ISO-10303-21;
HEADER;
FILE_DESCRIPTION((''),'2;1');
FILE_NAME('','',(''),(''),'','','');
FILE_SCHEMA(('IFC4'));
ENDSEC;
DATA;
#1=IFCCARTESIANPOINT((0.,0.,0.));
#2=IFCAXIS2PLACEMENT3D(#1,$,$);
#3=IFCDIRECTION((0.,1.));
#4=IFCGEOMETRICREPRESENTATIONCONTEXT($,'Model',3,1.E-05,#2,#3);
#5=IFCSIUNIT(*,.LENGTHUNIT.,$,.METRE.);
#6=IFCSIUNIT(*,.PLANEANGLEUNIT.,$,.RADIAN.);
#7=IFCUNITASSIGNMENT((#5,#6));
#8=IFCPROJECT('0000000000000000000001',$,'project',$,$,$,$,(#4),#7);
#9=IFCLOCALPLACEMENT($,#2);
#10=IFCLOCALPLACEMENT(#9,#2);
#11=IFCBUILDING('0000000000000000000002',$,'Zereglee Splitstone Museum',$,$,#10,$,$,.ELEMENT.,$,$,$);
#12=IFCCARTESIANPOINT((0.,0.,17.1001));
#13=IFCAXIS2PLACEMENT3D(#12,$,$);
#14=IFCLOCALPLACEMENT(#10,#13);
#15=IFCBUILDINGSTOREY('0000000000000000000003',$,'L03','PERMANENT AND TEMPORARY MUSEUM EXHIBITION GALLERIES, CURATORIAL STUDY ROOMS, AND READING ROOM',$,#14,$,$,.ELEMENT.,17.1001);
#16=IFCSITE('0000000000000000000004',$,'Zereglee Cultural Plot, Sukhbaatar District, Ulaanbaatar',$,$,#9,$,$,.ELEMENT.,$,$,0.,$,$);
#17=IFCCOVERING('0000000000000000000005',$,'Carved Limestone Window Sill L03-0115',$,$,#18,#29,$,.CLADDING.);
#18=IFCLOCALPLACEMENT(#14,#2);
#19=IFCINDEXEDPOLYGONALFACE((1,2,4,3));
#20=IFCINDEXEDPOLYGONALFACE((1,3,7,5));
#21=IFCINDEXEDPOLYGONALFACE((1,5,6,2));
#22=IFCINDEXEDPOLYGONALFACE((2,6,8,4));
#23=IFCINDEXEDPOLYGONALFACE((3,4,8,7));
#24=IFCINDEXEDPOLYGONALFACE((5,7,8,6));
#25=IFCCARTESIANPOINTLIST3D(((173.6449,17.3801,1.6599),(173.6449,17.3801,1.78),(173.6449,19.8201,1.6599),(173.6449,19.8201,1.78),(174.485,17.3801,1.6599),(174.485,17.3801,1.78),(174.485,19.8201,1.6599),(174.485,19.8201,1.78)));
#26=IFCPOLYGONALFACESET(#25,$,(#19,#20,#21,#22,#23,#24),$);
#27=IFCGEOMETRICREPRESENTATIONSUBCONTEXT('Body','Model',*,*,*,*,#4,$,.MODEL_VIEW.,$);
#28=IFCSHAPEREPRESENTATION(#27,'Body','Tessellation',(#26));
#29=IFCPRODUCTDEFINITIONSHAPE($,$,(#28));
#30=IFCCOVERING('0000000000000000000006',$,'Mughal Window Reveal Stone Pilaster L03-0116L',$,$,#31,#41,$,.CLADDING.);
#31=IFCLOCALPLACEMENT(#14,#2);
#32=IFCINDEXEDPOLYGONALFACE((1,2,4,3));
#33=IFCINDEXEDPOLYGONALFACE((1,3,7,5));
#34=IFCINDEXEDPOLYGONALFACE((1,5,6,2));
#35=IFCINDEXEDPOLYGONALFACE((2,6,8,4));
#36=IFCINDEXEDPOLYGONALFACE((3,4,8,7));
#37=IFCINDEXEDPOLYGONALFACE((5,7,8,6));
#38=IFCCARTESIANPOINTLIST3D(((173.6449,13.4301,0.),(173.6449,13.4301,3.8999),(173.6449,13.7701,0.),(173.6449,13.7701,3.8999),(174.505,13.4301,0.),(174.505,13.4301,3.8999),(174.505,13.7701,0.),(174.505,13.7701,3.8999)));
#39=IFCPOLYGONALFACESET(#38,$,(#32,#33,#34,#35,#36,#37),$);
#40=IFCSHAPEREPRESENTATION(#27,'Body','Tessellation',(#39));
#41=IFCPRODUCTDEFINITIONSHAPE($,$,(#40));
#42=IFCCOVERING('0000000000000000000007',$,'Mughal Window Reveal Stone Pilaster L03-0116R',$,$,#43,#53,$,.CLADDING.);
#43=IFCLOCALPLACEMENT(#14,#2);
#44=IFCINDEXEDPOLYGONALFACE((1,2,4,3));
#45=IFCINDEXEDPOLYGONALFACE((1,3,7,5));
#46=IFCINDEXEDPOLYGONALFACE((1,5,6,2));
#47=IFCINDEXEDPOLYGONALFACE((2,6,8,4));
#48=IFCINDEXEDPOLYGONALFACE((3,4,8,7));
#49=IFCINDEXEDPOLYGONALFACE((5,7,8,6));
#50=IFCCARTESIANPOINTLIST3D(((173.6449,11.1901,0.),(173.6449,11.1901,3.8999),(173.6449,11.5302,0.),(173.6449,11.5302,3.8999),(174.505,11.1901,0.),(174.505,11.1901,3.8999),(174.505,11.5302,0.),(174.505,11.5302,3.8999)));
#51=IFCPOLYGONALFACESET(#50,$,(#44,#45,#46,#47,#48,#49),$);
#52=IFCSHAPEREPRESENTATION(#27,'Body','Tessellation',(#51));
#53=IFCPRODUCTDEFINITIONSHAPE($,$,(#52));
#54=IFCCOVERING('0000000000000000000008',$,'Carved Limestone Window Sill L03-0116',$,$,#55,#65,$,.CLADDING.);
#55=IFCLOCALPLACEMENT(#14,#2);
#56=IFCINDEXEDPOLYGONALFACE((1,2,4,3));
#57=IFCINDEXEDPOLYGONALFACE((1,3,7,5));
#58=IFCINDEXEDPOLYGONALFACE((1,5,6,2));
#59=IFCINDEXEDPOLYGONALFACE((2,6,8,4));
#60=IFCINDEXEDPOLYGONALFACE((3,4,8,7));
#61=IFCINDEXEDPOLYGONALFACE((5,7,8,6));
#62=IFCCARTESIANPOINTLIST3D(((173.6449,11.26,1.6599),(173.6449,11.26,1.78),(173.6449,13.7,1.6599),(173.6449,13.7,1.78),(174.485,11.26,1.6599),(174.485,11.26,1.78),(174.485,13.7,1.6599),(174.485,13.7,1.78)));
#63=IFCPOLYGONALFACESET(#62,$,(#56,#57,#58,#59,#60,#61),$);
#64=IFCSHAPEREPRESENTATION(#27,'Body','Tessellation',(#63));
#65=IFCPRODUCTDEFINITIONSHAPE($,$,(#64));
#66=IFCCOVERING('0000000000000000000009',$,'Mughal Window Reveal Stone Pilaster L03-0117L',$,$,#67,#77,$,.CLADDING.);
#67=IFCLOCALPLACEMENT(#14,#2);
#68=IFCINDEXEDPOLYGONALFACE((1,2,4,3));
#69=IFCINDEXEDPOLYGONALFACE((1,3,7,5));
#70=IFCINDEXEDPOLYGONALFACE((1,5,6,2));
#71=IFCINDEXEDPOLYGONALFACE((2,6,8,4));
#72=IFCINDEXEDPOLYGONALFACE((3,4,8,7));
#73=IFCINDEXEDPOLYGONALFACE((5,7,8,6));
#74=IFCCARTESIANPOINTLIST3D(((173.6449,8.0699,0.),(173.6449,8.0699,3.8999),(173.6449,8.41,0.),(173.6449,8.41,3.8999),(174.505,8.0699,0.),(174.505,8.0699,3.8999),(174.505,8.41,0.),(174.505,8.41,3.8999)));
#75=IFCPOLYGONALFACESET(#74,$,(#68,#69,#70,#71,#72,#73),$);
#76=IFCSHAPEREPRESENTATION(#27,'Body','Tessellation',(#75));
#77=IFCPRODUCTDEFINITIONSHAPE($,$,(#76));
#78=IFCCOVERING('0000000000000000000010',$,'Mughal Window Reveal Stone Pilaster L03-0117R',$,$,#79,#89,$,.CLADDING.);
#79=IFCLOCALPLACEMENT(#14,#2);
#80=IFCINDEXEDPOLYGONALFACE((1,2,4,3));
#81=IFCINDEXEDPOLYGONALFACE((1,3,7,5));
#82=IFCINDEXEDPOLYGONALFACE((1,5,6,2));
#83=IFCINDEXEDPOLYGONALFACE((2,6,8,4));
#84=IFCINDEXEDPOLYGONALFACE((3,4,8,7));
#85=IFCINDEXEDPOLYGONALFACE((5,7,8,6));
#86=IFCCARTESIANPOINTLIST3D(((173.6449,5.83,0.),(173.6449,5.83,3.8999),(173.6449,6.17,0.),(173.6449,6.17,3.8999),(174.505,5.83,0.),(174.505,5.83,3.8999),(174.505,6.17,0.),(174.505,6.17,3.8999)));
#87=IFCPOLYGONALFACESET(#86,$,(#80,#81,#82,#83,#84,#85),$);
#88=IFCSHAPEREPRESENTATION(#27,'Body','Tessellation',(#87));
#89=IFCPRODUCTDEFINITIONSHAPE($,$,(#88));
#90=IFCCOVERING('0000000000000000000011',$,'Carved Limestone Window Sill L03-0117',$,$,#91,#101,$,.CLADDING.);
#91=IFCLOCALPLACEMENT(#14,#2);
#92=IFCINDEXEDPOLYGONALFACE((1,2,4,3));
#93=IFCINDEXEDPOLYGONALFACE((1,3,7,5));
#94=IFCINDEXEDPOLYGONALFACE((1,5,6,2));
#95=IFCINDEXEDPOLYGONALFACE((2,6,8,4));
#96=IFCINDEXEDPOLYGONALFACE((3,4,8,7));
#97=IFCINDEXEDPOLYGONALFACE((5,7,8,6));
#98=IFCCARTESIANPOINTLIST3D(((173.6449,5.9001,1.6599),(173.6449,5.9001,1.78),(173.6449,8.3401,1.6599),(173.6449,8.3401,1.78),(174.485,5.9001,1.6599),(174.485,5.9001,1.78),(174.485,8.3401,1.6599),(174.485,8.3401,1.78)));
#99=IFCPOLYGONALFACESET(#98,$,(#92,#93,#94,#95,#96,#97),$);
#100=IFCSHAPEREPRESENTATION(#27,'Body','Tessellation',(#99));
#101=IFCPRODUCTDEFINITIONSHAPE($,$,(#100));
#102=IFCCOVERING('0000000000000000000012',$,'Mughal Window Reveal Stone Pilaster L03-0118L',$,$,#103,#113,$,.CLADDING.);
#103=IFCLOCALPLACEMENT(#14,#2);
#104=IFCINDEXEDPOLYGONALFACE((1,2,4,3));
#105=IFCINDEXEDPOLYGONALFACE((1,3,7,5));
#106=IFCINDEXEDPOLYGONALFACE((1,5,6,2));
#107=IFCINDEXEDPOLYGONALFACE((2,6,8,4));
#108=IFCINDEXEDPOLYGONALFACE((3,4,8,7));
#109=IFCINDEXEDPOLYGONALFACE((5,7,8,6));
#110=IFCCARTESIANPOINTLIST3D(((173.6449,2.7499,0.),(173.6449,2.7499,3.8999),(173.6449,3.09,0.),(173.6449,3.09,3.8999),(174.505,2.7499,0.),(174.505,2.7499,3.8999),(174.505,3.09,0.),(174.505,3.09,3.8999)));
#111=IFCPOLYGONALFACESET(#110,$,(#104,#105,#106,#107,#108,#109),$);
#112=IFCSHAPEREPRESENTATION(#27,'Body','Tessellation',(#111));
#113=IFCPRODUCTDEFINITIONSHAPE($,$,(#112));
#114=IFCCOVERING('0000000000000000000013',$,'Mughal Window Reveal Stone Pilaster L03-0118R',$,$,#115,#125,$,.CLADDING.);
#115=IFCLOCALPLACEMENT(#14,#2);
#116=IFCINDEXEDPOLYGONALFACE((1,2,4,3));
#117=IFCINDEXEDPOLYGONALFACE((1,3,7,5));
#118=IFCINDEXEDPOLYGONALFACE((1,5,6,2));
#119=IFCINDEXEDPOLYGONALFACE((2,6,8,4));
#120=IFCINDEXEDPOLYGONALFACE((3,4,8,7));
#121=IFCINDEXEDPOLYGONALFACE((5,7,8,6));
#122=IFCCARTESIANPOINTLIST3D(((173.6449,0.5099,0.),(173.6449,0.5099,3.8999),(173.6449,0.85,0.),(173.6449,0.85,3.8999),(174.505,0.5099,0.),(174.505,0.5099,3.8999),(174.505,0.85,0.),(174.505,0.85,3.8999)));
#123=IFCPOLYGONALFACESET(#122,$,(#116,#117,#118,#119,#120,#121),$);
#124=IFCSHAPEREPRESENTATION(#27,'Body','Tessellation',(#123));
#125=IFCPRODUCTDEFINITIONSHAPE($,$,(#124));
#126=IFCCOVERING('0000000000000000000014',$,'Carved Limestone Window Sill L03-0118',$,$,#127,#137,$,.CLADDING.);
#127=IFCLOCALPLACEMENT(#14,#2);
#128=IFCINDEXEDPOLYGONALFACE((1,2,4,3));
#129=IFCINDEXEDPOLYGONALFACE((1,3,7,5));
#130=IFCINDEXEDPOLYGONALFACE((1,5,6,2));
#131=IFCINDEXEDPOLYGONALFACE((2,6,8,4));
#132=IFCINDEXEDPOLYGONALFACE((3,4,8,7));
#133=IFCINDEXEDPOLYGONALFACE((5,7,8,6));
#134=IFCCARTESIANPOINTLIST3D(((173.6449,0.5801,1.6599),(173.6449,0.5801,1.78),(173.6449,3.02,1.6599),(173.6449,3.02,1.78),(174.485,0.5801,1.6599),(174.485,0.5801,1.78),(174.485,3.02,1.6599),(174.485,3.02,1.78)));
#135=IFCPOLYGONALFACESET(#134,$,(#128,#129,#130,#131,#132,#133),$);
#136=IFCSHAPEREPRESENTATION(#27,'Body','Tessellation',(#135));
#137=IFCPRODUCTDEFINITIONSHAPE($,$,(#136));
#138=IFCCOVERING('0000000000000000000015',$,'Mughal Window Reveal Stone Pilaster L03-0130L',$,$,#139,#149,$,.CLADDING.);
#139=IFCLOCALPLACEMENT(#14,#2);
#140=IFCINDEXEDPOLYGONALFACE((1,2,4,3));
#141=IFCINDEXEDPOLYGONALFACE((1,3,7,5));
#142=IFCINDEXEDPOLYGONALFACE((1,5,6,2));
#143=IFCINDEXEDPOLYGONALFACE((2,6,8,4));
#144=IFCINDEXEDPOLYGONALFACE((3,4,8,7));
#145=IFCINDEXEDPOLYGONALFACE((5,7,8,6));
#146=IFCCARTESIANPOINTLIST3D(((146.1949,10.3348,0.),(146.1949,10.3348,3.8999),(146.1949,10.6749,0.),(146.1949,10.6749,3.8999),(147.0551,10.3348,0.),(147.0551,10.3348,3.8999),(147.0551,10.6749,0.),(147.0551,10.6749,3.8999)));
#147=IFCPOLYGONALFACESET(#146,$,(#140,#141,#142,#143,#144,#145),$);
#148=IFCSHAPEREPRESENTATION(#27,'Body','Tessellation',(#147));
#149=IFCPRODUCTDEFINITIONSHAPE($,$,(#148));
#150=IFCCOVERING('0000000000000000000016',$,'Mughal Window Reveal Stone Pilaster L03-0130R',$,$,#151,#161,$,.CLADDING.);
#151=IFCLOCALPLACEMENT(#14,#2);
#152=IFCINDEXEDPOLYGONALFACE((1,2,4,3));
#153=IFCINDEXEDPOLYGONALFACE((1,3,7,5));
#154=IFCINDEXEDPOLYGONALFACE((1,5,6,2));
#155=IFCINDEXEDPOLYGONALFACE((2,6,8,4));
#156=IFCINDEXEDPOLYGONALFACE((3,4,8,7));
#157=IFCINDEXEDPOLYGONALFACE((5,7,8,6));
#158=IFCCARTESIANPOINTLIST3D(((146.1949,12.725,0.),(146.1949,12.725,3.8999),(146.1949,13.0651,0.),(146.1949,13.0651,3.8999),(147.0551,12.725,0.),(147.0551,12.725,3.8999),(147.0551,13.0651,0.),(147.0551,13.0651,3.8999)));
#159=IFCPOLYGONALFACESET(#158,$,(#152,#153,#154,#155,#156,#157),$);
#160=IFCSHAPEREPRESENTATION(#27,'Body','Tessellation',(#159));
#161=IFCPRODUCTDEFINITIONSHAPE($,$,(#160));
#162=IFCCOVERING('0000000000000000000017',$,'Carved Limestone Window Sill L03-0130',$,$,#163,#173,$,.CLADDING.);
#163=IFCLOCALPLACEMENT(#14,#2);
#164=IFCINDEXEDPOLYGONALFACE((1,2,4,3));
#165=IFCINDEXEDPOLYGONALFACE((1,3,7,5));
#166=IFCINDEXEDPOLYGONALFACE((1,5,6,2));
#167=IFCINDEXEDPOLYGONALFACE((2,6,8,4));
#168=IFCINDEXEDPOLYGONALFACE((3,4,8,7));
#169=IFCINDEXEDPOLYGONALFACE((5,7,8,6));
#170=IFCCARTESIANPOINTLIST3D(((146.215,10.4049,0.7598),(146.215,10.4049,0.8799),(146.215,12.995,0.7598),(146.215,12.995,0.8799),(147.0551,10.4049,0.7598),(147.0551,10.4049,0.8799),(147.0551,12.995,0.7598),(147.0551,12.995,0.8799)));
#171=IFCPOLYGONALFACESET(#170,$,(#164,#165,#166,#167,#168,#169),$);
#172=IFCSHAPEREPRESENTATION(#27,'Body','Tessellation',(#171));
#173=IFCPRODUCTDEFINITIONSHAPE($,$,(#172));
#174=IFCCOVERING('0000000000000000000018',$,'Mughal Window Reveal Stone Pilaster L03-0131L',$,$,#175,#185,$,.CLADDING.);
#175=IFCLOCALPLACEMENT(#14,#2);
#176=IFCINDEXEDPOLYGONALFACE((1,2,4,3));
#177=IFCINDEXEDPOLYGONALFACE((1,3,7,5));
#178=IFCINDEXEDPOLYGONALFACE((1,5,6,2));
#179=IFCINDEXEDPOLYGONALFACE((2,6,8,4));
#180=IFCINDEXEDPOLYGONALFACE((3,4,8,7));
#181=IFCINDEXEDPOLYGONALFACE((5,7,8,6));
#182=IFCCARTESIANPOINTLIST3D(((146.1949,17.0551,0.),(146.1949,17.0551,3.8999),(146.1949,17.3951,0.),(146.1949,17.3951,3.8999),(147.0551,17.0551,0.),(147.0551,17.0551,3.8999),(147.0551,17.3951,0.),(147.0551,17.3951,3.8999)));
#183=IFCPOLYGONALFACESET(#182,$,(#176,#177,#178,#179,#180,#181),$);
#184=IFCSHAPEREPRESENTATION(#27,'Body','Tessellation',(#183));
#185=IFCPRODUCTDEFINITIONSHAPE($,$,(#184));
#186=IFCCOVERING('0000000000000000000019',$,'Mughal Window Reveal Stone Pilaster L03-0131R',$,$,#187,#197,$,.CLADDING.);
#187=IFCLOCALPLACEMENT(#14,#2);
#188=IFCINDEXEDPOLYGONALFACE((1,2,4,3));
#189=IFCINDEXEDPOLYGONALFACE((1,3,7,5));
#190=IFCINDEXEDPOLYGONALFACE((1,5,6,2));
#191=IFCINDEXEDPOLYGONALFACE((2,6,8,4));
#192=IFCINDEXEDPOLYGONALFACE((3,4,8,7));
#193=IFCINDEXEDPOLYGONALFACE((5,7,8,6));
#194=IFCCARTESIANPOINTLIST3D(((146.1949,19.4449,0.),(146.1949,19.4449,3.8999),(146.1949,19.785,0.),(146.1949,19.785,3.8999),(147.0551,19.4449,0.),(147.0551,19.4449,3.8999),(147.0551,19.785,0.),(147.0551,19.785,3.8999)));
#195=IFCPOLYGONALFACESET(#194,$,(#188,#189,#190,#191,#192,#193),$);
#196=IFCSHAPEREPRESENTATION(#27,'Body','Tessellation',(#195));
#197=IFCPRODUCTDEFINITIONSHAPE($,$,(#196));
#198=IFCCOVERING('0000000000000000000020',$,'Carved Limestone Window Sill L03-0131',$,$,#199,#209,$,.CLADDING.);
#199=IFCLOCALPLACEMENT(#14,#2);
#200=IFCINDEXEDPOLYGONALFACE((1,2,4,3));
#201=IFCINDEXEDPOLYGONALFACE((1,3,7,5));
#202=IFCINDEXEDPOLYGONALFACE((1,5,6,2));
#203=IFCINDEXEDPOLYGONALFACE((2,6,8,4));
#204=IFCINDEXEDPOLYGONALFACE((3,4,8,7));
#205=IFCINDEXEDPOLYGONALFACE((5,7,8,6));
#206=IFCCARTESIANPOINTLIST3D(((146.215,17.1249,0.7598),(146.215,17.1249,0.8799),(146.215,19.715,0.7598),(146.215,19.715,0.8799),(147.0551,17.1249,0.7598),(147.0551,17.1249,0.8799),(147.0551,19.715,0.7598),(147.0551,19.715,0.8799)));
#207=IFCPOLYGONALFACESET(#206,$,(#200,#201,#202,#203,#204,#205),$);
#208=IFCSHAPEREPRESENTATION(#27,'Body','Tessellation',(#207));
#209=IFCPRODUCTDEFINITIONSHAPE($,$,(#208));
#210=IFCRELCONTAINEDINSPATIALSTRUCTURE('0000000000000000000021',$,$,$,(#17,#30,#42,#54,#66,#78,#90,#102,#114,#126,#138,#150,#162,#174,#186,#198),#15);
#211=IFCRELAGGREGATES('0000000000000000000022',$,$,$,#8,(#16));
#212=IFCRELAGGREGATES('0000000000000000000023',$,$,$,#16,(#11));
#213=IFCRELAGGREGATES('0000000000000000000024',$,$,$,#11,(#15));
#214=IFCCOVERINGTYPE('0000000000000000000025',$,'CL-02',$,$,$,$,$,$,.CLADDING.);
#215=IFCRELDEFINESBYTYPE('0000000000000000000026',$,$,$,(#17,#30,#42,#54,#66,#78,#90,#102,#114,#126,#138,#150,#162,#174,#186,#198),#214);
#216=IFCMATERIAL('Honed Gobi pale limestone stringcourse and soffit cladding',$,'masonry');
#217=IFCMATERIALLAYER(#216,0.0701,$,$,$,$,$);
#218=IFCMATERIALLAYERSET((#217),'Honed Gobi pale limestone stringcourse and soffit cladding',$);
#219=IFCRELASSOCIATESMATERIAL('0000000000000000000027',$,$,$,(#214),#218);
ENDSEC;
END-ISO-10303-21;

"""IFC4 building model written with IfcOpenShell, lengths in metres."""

from ifc_helpers import new_model, si_unit, direction, frame, origin, origin_2d, place, context, subcontext, project, spatial, rectangle, extrude, material, layer, layer_set, type_object, element, save


model = new_model("IFC4")

# Units and contexts
model_context = context("Model", 3, precision=1e-05, world=origin(), true_north=direction((0.0, 1.0)))
body_context = subcontext(model_context, "Body", "Model", "MODEL_VIEW")
ifc_project = project(units=[si_unit("LENGTHUNIT", "METRE"), si_unit("PLANEANGLEUNIT", "RADIAN")], contexts=[model_context])

# Site, building, storey
site_placement = place(None, origin())
site = spatial("IfcSite", under=ifc_project, at=site_placement, Name="Zereglee Cultural Plot, Sukhbaatar District, Ulaanbaatar", CompositionType="ELEMENT", RefElevation=0.0)
building_placement = place(site_placement, origin())
building = spatial("IfcBuilding", under=site, at=building_placement, Name="Zereglee Splitstone Museum", CompositionType="ELEMENT")
storey_placement = place(building_placement, frame((0.0, 0.0, 17.1001)))
storey = spatial("IfcBuildingStorey", under=building, at=storey_placement, Name="L03", Description="PERMANENT AND TEMPORARY MUSEUM EXHIBITION GALLERIES, CURATORIAL STUDY ROOMS, AND READING ROOM", CompositionType="ELEMENT", Elevation=17.1001)

# Coverings
ifc_material_1 = material(Name="Honed Gobi pale limestone stringcourse and soffit cladding", Category="masonry")
ifc_layer_1 = layer(ifc_material_1, 0.0701)
ifc_layer_set_1 = layer_set([ifc_layer_1], Name="Honed Gobi pale limestone stringcourse and soffit cladding")
covering_type_1 = type_object("IfcCoveringType", Name="CL-02", PredefinedType="CLADDING", material=ifc_layer_set_1)
covering_1_placement = place(storey_placement, frame((174.0649, 18.6001, 1.6599), z_axis=(0.0, 0.0, 1.0), x_axis=(0.0, -1.0, 0.0)))
element("IfcCovering", 1, at=covering_1_placement, inside=storey, type_object=covering_type_1, Name="Carved Limestone Window Sill L03-0115", PredefinedType="CLADDING", context=body_context, shape_type="SweptSolid", body=[
    extrude(rectangle(XDim=2.4399, YDim=0.8401, at=origin_2d()), origin(), (0.0, 0.0, 1.0), 0.1201),
])
for number, where, z_axis, x_axis, name in (
    (2, (174.075, 13.6001, 0.0), (0.0, 0.0, 1.0), (0.0, -1.0, 0.0), "Mughal Window Reveal Stone Pilaster L03-0116L"),
    (3, (174.075, 11.3601, 0.0), (0.0, 0.0, 1.0), (0.0, -1.0, 0.0), "Mughal Window Reveal Stone Pilaster L03-0116R"),
):
    element("IfcCovering", number, at=place(storey_placement, frame(where, z_axis=z_axis, x_axis=x_axis)), inside=storey, type_object=covering_type_1, Name=name, PredefinedType="CLADDING", context=body_context, shape_type="SweptSolid", body=[
        extrude(rectangle(XDim=0.3401, YDim=0.8601, at=origin_2d()), origin(), (0.0, 0.0, 1.0), 3.8999),
    ])
covering_2_placement = place(storey_placement, frame((174.0649, 12.48, 1.6599), z_axis=(0.0, 0.0, 1.0), x_axis=(0.0, -1.0, 0.0)))
element("IfcCovering", 4, at=covering_2_placement, inside=storey, type_object=covering_type_1, Name="Carved Limestone Window Sill L03-0116", PredefinedType="CLADDING", context=body_context, shape_type="SweptSolid", body=[
    extrude(rectangle(XDim=2.4399, YDim=0.8401, at=origin_2d()), origin(), (0.0, 0.0, 1.0), 0.1201),
])
for number, where, z_axis, x_axis, name in (
    (5, (174.075, 8.24, 0.0), (0.0, 0.0, 1.0), (0.0, -1.0, 0.0), "Mughal Window Reveal Stone Pilaster L03-0117L"),
    (6, (174.075, 6.0, 0.0), (0.0, 0.0, 1.0), (0.0, -1.0, 0.0), "Mughal Window Reveal Stone Pilaster L03-0117R"),
):
    element("IfcCovering", number, at=place(storey_placement, frame(where, z_axis=z_axis, x_axis=x_axis)), inside=storey, type_object=covering_type_1, Name=name, PredefinedType="CLADDING", context=body_context, shape_type="SweptSolid", body=[
        extrude(rectangle(XDim=0.3401, YDim=0.8601, at=origin_2d()), origin(), (0.0, 0.0, 1.0), 3.8999),
    ])
covering_3_placement = place(storey_placement, frame((174.0649, 7.1201, 1.6599), z_axis=(0.0, 0.0, 1.0), x_axis=(0.0, -1.0, 0.0)))
element("IfcCovering", 7, at=covering_3_placement, inside=storey, type_object=covering_type_1, Name="Carved Limestone Window Sill L03-0117", PredefinedType="CLADDING", context=body_context, shape_type="SweptSolid", body=[
    extrude(rectangle(XDim=2.4399, YDim=0.8401, at=origin_2d()), origin(), (0.0, 0.0, 1.0), 0.1201),
])
for number, where, z_axis, x_axis, name in (
    (8, (174.075, 2.9199, 0.0), (0.0, 0.0, 1.0), (0.0, -1.0, 0.0), "Mughal Window Reveal Stone Pilaster L03-0118L"),
    (9, (174.075, 0.6799, 0.0), (0.0, 0.0, 1.0), (0.0, -1.0, 0.0), "Mughal Window Reveal Stone Pilaster L03-0118R"),
):
    element("IfcCovering", number, at=place(storey_placement, frame(where, z_axis=z_axis, x_axis=x_axis)), inside=storey, type_object=covering_type_1, Name=name, PredefinedType="CLADDING", context=body_context, shape_type="SweptSolid", body=[
        extrude(rectangle(XDim=0.3401, YDim=0.8601, at=origin_2d()), origin(), (0.0, 0.0, 1.0), 3.8999),
    ])
covering_4_placement = place(storey_placement, frame((174.0649, 1.8, 1.6599), z_axis=(0.0, 0.0, 1.0), x_axis=(0.0, -1.0, 0.0)))
element("IfcCovering", 10, at=covering_4_placement, inside=storey, type_object=covering_type_1, Name="Carved Limestone Window Sill L03-0118", PredefinedType="CLADDING", context=body_context, shape_type="SweptSolid", body=[
    extrude(rectangle(XDim=2.4399, YDim=0.8401, at=origin_2d()), origin(), (0.0, 0.0, 1.0), 0.1201),
])
for number, where, z_axis, x_axis, name in (
    (11, (146.625, 10.5049, 0.0), (0.0, 0.0, 1.0), (0.0, 1.0, 0.0), "Mughal Window Reveal Stone Pilaster L03-0130L"),
    (12, (146.625, 12.895, 0.0), (0.0, 0.0, 1.0), (0.0, 1.0, 0.0), "Mughal Window Reveal Stone Pilaster L03-0130R"),
):
    element("IfcCovering", number, at=place(storey_placement, frame(where, z_axis=z_axis, x_axis=x_axis)), inside=storey, type_object=covering_type_1, Name=name, PredefinedType="CLADDING", context=body_context, shape_type="SweptSolid", body=[
        extrude(rectangle(XDim=0.3401, YDim=0.8601, at=origin_2d()), origin(), (0.0, 0.0, 1.0), 3.8999),
    ])
covering_5_placement = place(storey_placement, frame((146.635, 11.7, 0.7598), z_axis=(0.0, 0.0, 1.0), x_axis=(0.0, 1.0, 0.0)))
element("IfcCovering", 13, at=covering_5_placement, inside=storey, type_object=covering_type_1, Name="Carved Limestone Window Sill L03-0130", PredefinedType="CLADDING", context=body_context, shape_type="SweptSolid", body=[
    extrude(rectangle(XDim=2.5901, YDim=0.8401, at=origin_2d()), origin(), (0.0, 0.0, 1.0), 0.1201),
])
for number, where, z_axis, x_axis, name in (
    (14, (146.625, 17.2251, 0.0), (0.0, 0.0, 1.0), (0.0, 1.0, 0.0), "Mughal Window Reveal Stone Pilaster L03-0131L"),
    (15, (146.625, 19.615, 0.0), (0.0, 0.0, 1.0), (0.0, 1.0, 0.0), "Mughal Window Reveal Stone Pilaster L03-0131R"),
):
    element("IfcCovering", number, at=place(storey_placement, frame(where, z_axis=z_axis, x_axis=x_axis)), inside=storey, type_object=covering_type_1, Name=name, PredefinedType="CLADDING", context=body_context, shape_type="SweptSolid", body=[
        extrude(rectangle(XDim=0.3401, YDim=0.8601, at=origin_2d()), origin(), (0.0, 0.0, 1.0), 3.8999),
    ])
covering_6_placement = place(storey_placement, frame((146.635, 18.4199, 0.7598), z_axis=(0.0, 0.0, 1.0), x_axis=(0.0, 1.0, 0.0)))
element("IfcCovering", 16, at=covering_6_placement, inside=storey, type_object=covering_type_1, Name="Carved Limestone Window Sill L03-0131", PredefinedType="CLADDING", context=body_context, shape_type="SweptSolid", body=[
    extrude(rectangle(XDim=2.5901, YDim=0.8401, at=origin_2d()), origin(), (0.0, 0.0, 1.0), 0.1201),
])

save(model, "model.ifc")
